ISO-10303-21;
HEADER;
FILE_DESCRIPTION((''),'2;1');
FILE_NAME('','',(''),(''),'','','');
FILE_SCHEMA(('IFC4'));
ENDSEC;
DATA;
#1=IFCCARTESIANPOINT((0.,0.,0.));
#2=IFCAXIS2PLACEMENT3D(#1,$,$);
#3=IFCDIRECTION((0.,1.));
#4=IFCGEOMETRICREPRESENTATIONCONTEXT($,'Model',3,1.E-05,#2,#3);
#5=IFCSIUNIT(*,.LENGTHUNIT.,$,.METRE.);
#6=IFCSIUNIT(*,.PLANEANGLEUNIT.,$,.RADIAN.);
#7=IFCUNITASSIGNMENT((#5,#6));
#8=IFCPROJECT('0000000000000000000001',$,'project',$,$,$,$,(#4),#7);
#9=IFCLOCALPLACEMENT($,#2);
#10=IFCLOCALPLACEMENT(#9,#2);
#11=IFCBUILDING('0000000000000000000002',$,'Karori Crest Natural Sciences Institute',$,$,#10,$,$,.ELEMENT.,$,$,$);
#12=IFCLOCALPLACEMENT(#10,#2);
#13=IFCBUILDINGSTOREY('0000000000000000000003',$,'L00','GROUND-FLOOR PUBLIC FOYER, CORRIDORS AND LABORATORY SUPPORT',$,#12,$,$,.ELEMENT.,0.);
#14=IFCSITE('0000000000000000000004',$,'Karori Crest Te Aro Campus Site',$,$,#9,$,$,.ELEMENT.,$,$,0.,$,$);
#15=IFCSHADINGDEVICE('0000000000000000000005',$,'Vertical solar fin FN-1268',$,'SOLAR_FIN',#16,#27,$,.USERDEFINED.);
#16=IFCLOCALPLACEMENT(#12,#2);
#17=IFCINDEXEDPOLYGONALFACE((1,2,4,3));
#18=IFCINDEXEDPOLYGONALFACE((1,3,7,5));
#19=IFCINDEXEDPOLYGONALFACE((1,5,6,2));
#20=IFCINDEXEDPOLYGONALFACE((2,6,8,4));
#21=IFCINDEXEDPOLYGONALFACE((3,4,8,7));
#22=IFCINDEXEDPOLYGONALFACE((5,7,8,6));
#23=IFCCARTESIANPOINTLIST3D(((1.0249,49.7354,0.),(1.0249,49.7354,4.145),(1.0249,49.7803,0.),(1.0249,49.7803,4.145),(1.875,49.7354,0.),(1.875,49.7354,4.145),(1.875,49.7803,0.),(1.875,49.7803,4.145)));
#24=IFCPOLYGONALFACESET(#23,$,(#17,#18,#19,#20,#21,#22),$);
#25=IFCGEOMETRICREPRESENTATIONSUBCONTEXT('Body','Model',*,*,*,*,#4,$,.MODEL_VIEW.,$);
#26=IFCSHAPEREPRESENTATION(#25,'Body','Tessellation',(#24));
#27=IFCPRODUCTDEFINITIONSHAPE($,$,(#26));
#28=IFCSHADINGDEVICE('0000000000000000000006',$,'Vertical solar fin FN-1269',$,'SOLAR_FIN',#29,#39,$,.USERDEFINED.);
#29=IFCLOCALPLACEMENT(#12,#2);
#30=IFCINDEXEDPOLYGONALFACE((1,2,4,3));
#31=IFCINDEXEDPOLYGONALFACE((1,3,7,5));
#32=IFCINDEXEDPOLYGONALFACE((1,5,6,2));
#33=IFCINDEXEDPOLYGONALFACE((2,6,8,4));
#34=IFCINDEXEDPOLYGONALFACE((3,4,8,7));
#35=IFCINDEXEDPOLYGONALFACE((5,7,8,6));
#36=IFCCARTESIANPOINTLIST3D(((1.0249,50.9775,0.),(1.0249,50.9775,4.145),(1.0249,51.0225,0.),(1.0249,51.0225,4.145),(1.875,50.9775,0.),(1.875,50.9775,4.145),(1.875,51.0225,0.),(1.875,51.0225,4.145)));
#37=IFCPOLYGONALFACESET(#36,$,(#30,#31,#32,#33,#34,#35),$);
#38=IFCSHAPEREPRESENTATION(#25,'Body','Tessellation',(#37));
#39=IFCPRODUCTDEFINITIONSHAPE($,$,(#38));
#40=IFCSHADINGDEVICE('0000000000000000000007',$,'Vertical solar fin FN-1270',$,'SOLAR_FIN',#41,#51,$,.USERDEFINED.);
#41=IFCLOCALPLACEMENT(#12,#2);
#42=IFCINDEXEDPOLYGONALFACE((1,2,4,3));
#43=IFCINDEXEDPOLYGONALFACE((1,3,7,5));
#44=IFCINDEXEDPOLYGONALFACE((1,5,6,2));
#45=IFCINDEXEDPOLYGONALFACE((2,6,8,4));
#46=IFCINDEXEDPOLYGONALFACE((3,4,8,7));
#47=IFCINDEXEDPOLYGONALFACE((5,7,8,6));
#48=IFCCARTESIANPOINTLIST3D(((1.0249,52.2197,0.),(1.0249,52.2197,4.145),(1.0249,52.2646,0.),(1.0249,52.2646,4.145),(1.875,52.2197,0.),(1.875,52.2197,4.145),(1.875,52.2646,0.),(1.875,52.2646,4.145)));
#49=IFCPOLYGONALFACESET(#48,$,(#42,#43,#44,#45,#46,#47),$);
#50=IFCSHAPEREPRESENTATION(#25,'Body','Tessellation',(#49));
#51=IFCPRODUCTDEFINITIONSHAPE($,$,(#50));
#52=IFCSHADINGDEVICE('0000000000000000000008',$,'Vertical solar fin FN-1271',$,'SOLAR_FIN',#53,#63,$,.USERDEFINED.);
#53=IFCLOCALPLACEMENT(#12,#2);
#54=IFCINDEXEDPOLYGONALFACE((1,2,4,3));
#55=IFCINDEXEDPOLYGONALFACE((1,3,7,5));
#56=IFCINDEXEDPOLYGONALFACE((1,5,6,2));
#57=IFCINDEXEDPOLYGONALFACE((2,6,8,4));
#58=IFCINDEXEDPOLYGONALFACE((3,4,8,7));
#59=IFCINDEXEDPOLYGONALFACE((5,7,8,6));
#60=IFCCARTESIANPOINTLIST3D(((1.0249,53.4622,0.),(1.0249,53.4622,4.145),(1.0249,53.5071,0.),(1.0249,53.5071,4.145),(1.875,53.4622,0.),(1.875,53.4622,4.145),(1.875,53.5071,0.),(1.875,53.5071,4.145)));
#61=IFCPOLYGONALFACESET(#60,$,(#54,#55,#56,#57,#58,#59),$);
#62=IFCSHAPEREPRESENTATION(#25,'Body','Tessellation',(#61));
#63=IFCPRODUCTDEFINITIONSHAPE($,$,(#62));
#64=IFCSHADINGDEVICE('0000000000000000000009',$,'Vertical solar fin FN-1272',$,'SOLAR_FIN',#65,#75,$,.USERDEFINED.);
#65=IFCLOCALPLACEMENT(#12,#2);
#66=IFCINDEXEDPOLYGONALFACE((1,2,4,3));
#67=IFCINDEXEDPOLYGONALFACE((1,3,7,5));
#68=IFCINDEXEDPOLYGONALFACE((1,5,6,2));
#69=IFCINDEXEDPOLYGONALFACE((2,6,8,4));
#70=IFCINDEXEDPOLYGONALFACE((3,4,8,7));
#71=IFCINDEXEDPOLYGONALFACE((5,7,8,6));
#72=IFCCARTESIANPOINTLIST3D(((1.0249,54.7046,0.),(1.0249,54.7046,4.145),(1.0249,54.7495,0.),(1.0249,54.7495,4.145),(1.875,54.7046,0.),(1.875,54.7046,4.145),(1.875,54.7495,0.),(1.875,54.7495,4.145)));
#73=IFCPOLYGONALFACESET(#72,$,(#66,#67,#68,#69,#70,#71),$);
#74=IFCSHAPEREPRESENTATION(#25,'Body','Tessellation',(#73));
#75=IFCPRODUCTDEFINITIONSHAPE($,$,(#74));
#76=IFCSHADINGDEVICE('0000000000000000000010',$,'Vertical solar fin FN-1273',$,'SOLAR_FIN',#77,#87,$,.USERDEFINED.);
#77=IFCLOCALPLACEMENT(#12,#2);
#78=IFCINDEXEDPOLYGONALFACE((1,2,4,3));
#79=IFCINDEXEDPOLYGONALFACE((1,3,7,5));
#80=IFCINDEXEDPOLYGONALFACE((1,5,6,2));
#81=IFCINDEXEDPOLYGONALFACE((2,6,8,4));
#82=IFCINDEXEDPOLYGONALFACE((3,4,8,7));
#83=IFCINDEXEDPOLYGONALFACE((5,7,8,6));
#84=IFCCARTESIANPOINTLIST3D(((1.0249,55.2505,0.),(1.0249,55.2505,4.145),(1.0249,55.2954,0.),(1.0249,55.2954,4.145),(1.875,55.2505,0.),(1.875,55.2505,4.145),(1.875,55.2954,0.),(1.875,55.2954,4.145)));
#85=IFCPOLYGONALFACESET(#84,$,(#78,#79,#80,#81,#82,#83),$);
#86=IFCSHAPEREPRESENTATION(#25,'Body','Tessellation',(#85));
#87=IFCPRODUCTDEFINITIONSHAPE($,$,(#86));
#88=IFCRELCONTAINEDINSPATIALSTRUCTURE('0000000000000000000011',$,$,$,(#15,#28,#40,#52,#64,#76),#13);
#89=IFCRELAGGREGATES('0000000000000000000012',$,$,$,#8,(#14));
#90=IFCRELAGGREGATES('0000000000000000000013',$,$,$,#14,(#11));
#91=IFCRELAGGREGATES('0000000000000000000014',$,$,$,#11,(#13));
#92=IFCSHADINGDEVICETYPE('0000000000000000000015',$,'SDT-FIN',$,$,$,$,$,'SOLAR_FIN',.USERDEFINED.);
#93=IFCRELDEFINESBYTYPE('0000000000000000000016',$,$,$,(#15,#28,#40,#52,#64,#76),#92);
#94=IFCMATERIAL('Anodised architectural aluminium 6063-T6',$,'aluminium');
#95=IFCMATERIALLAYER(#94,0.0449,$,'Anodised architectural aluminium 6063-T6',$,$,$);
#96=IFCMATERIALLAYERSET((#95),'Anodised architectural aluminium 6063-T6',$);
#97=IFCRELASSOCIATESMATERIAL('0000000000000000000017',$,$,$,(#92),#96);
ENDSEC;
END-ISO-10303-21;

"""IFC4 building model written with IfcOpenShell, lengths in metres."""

from ifc_helpers import new_model, si_unit, direction, frame, origin, origin_2d, place, context, subcontext, project, spatial, rectangle, extrude, material, layer, layer_set, type_object, element, save


model = new_model("IFC4")

# Units and contexts
model_context = context("Model", 3, precision=1e-05, world=origin(), true_north=direction((0.0, 1.0)))
body_context = subcontext(model_context, "Body", "Model", "MODEL_VIEW")
ifc_project = project(units=[si_unit("LENGTHUNIT", "METRE"), si_unit("PLANEANGLEUNIT", "RADIAN")], contexts=[model_context])

# Site, building, storey
site_placement = place(None, origin())
site = spatial("IfcSite", under=ifc_project, at=site_placement, Name="Karori Crest Te Aro Campus Site", CompositionType="ELEMENT", RefElevation=0.0)
building_placement = place(site_placement, origin())
building = spatial("IfcBuilding", under=site, at=building_placement, Name="Karori Crest Natural Sciences Institute", CompositionType="ELEMENT")
storey_placement = place(building_placement, origin())
storey = spatial("IfcBuildingStorey", under=building, at=storey_placement, Name="L00", Description="GROUND-FLOOR PUBLIC FOYER, CORRIDORS AND LABORATORY SUPPORT", CompositionType="ELEMENT", Elevation=0.0)

# Shared definitions
ifc_material_1 = material(Name="Anodised architectural aluminium 6063-T6", Category="aluminium")

# Shading devices
ifc_layer_1 = layer(ifc_material_1, 0.0449, Name="Anodised architectural aluminium 6063-T6")
ifc_layer_set_1 = layer_set([ifc_layer_1], Name="Anodised architectural aluminium 6063-T6")
shading_device_type = type_object("IfcShadingDeviceType", Name="SDT-FIN", ElementType="SOLAR_FIN", PredefinedType="USERDEFINED", material=ifc_layer_set_1)
for number, where, z_axis, x_axis, name in (
    (1, (1.45, 49.7578, 0.0), (0.0, 0.0, 1.0), (-1.0, 0.0, 0.0), "Vertical solar fin FN-1268"),
    (2, (1.45, 51.0, 0.0), (0.0, 0.0, 1.0), (-1.0, 0.0, 0.0), "Vertical solar fin FN-1269"),
    (3, (1.45, 52.2422, 0.0), (0.0, 0.0, 1.0), (-1.0, 0.0, 0.0), "Vertical solar fin FN-1270"),
    (4, (1.45, 53.4846, 0.0), (0.0, 0.0, 1.0), (-1.0, 0.0, 0.0), "Vertical solar fin FN-1271"),
    (5, (1.45, 54.7271, 0.0), (0.0, 0.0, 1.0), (-1.0, 0.0, 0.0), "Vertical solar fin FN-1272"),
    (6, (1.45, 55.2729, 0.0), (0.0, 0.0, 1.0), (-1.0, 0.0, 0.0), "Vertical solar fin FN-1273"),
):
    element("IfcShadingDevice", number, at=place(storey_placement, frame(where, z_axis=z_axis, x_axis=x_axis)), inside=storey, type_object=shading_device_type, Name=name, ObjectType="SOLAR_FIN", PredefinedType="USERDEFINED", context=body_context, shape_type="SweptSolid", body=[
        extrude(rectangle(XDim=0.8501, YDim=0.0449, at=origin_2d()), origin(), (0.0, 0.0, 1.0), 4.145),
    ])

save(model, "model.ifc")
